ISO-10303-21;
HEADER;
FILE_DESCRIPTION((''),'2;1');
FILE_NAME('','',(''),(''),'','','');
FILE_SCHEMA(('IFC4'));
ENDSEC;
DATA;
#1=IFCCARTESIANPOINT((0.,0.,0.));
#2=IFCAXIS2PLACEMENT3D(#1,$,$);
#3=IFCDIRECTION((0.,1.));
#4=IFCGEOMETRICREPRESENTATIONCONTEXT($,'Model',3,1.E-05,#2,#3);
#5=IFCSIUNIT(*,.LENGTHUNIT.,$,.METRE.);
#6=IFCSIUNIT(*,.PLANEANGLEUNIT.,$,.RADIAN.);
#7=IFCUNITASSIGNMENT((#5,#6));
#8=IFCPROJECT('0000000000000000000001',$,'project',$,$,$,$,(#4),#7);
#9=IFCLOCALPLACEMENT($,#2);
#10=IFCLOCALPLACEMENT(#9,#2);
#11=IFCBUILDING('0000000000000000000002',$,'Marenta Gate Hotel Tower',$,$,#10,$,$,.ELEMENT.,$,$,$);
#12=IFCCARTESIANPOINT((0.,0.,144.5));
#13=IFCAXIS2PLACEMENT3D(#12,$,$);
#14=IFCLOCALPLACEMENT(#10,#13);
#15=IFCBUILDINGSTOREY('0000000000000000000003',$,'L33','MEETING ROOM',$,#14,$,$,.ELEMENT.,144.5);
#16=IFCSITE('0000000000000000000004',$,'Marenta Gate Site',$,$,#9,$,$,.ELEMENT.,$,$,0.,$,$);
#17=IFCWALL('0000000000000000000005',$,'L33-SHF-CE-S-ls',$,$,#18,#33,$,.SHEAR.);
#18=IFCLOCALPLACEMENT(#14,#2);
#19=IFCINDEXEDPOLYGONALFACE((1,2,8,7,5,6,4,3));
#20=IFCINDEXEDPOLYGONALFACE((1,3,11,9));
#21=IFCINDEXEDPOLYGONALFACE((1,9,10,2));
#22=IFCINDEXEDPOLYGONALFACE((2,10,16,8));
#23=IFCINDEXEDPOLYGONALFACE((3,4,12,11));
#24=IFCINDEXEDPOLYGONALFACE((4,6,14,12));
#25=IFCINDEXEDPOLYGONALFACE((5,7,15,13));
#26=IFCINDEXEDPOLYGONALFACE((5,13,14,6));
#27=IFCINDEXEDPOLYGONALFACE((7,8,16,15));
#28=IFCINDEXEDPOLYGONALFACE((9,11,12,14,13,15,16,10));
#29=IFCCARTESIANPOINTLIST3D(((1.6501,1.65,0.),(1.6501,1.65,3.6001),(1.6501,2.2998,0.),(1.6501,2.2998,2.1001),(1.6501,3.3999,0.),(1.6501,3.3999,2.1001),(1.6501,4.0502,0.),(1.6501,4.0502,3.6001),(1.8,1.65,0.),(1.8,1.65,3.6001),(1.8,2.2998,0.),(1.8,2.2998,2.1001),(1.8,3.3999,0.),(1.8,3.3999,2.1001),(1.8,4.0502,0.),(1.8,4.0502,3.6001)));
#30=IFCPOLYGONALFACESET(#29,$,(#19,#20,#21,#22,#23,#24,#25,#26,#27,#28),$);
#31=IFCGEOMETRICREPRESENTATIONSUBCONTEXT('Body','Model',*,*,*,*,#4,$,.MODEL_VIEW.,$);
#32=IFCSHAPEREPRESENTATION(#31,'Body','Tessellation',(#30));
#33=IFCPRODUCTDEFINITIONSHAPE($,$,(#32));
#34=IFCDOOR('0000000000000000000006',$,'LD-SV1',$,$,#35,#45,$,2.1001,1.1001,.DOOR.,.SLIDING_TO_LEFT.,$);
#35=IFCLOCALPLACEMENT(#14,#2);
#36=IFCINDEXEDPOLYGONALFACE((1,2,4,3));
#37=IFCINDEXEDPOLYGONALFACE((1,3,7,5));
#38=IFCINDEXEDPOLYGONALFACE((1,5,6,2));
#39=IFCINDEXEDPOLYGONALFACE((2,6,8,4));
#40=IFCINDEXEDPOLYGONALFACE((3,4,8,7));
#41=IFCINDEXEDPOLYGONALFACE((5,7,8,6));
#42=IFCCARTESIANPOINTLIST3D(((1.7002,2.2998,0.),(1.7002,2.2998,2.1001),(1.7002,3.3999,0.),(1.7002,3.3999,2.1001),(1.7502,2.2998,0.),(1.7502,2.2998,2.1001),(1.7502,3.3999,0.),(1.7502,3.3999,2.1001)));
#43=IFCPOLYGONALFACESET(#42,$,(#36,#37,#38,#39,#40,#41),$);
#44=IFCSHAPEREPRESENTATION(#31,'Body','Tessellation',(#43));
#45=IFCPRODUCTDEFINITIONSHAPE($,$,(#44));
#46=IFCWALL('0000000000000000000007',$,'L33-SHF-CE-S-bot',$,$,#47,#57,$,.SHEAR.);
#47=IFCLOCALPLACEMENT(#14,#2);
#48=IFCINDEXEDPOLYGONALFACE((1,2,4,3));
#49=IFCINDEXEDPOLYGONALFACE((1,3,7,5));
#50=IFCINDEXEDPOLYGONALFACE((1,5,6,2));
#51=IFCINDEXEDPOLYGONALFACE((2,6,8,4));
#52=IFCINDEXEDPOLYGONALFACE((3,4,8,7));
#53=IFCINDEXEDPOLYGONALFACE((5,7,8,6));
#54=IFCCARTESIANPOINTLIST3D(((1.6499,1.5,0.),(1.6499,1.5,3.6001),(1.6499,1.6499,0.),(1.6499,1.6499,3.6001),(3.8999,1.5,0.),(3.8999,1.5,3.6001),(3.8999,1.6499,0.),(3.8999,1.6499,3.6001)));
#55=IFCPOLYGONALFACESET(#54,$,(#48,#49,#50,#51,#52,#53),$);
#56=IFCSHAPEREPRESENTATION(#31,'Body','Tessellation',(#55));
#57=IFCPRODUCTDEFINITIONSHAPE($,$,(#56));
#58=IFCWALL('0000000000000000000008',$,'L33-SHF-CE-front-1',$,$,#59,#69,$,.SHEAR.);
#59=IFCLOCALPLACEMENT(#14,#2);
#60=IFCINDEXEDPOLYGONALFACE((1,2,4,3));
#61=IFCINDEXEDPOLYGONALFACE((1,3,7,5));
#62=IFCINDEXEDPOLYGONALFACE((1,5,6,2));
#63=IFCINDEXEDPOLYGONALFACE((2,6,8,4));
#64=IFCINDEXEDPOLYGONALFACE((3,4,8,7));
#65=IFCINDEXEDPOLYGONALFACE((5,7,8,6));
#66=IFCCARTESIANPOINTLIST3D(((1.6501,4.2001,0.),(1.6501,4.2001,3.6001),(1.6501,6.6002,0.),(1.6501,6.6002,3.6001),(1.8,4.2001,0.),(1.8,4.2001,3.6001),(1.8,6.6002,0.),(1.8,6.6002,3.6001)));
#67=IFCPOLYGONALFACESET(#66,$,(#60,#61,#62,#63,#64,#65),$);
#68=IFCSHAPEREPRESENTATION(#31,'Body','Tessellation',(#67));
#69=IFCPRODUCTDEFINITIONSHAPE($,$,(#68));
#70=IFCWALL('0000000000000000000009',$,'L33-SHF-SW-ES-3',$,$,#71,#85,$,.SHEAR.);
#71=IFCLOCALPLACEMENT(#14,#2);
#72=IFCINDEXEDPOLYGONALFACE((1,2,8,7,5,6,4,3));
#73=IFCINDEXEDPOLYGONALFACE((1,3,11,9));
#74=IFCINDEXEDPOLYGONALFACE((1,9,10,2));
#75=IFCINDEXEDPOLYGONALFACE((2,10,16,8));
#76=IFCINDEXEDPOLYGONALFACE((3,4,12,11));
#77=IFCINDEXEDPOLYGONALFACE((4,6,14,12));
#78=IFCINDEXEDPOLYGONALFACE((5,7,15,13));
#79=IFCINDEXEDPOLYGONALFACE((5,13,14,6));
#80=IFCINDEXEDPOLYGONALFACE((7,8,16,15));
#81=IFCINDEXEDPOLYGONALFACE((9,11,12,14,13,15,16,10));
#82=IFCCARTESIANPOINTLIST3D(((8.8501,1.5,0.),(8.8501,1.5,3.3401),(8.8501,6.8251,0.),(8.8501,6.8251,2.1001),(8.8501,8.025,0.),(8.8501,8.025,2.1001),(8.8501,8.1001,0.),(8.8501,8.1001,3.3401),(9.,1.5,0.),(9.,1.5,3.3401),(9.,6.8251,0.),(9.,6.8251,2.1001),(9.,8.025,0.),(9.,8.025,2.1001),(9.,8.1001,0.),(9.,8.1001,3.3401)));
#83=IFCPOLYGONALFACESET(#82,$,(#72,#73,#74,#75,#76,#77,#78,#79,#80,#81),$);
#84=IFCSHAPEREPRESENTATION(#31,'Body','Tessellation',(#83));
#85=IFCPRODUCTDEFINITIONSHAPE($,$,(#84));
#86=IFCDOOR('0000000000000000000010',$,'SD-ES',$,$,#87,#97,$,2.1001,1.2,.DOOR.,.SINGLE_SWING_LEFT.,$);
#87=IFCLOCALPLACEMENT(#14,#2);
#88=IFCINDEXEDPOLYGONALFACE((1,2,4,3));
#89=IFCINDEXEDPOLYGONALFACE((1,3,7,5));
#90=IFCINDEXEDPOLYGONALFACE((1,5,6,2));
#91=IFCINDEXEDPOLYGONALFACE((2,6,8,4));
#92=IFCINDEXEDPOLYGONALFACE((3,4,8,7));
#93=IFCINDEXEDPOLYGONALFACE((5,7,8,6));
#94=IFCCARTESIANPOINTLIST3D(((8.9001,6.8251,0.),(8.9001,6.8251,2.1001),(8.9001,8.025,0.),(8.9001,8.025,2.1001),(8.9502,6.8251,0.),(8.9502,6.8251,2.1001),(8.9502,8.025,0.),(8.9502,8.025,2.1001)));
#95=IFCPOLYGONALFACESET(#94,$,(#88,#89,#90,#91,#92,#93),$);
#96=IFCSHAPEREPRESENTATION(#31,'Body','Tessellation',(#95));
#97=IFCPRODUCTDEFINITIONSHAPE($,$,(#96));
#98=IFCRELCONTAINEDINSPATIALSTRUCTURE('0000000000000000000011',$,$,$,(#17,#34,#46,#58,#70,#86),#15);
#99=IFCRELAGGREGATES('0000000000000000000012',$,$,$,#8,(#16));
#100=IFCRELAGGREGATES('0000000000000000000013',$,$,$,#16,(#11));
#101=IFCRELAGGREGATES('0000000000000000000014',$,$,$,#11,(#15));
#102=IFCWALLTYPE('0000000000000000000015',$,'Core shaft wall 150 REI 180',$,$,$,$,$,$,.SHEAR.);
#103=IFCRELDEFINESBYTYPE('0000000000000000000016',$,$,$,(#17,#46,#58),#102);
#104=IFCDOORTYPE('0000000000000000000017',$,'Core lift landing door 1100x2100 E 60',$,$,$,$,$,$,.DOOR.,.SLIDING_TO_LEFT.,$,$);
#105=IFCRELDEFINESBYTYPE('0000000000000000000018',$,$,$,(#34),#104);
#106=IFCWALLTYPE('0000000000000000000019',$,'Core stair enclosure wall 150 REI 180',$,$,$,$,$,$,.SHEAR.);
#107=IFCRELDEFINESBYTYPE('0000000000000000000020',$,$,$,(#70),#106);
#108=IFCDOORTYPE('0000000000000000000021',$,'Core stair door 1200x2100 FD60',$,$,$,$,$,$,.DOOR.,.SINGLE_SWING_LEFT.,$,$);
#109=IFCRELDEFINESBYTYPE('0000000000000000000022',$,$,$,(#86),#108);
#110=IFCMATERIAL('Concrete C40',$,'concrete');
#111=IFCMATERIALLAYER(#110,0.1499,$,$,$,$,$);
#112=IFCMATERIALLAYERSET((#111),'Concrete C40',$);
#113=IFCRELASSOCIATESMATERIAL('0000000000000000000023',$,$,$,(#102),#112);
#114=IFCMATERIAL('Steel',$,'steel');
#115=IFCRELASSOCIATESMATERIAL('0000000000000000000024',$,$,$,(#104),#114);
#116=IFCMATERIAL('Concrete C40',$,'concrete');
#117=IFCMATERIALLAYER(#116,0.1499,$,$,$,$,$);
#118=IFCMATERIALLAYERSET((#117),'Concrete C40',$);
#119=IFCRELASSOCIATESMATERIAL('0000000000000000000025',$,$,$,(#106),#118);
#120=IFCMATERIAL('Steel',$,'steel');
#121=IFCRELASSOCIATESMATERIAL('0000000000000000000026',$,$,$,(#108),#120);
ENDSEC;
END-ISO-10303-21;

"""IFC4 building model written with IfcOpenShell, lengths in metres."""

from ifc_helpers import new_model, si_unit, direction, frame, frame_2d, origin, place, context, subcontext, project, spatial, rectangle, extrude, material, layer, layer_set, type_object, element, fill, save


model = new_model("IFC4")

# Units and contexts
model_context = context("Model", 3, precision=1e-05, world=origin(), true_north=direction((0.0, 1.0)))
body_context = subcontext(model_context, "Body", "Model", "MODEL_VIEW")
ifc_project = project(units=[si_unit("LENGTHUNIT", "METRE"), si_unit("PLANEANGLEUNIT", "RADIAN")], contexts=[model_context])

# Site, building, storey
site_placement = place(None, origin())
site = spatial("IfcSite", under=ifc_project, at=site_placement, Name="Marenta Gate Site", CompositionType="ELEMENT", RefElevation=0.0)
building_placement = place(site_placement, origin())
building = spatial("IfcBuilding", under=site, at=building_placement, Name="Marenta Gate Hotel Tower", CompositionType="ELEMENT")
storey_placement = place(building_placement, frame((0.0, 0.0, 144.5)))
storey = spatial("IfcBuildingStorey", under=building, at=storey_placement, Name="L33", Description="MEETING ROOM", CompositionType="ELEMENT", Elevation=144.5)

# Shared definitions
ifc_material_1 = material(Name="Concrete C40", Category="concrete")
ifc_layer_1 = layer(ifc_material_1, 0.1499)
ifc_layer_set_1 = layer_set([ifc_layer_1], Name="Concrete C40")
wall_type_1 = type_object("IfcWallType", Name="Core shaft wall 150 REI 180", PredefinedType="SHEAR", material=ifc_layer_set_1)

# Wall, opening, door
wall_1_placement = place(storey_placement, frame((1.7251, 1.6499, 0.0), z_axis=(0.0, 0.0, 1.0), x_axis=(0.0, 1.0, 0.0)))
wall_1 = element("IfcWall", 1, at=wall_1_placement, inside=storey, type_object=wall_type_1, Name="L33-SHF-CE-S-ls", PredefinedType="SHEAR", context=body_context, shape_type="SweptSolid", body=[
    extrude(rectangle(XDim=2.4001, YDim=0.1499, at=frame_2d((1.2002, 0.0))), origin(), (0.0, 0.0, 1.0), 3.6001),
])
opening_1_placement = place(wall_1_placement, frame((0.6499, 0.0, 0.0)))
opening_1 = element("IfcOpeningElement", 2, at=opening_1_placement, cuts=wall_1, PredefinedType="OPENING", context=body_context, shape_type="SweptSolid", body=[
    extrude(rectangle(XDim=1.1001, YDim=2.1001, at=frame_2d((0.55, 1.05))), frame((0.0, 0.075, 0.0), z_axis=(0.0, -1.0, 0.0), x_axis=(1.0, 0.0, 0.0)), (0.0, 0.0, 1.0), 0.1499),
])
ifc_material_2 = material(Name="Steel", Category="steel")
door_type_1 = type_object("IfcDoorType", Name="Core lift landing door 1100x2100 E 60", OperationType="SLIDING_TO_LEFT", PredefinedType="DOOR", material=ifc_material_2)
door_1_placement = place(opening_1_placement, origin())
door_1 = element("IfcDoor", 3, at=door_1_placement, inside=storey, type_object=door_type_1, Name="LD-SV1", OperationType="SLIDING_TO_LEFT", OverallHeight=2.1001, OverallWidth=1.1001, PredefinedType="DOOR", context=body_context, shape_type="SweptSolid", body=[
    extrude(rectangle(XDim=1.1001, YDim=2.1001, at=frame_2d((0.55, 1.05))), frame((0.0, 0.0249, 0.0), z_axis=(0.0, -1.0, 0.0), x_axis=(1.0, 0.0, 0.0)), (0.0, 0.0, 1.0), 0.05),
])
fill(opening_1, door_1)

# Walls
wall_2_placement = place(storey_placement, frame((1.6499, 1.575, 0.0), z_axis=(0.0, 0.0, 1.0), x_axis=(1.0, 0.0, 0.0)))
element("IfcWall", 4, at=wall_2_placement, inside=storey, type_object=wall_type_1, Name="L33-SHF-CE-S-bot", PredefinedType="SHEAR", context=body_context, shape_type="SweptSolid", body=[
    extrude(rectangle(XDim=2.25, YDim=0.1499, at=frame_2d((1.125, 0.0))), origin(), (0.0, 0.0, 1.0), 3.6001),
])
wall_3_placement = place(storey_placement, frame((1.7251, 4.2, 0.0), z_axis=(0.0, 0.0, 1.0), x_axis=(0.0, 1.0, 0.0)))
element("IfcWall", 5, at=wall_3_placement, inside=storey, type_object=wall_type_1, Name="L33-SHF-CE-front-1", PredefinedType="SHEAR", context=body_context, shape_type="SweptSolid", body=[
    extrude(rectangle(XDim=2.4001, YDim=0.1499, at=frame_2d((1.2002, 0.0))), origin(), (0.0, 0.0, 1.0), 3.6001),
])

# Wall, opening, door
ifc_material_3 = material(Name="Concrete C40", Category="concrete")
ifc_layer_2 = layer(ifc_material_3, 0.1499)
ifc_layer_set_2 = layer_set([ifc_layer_2], Name="Concrete C40")
wall_type_2 = type_object("IfcWallType", Name="Core stair enclosure wall 150 REI 180", PredefinedType="SHEAR", material=ifc_layer_set_2)
wall_4_placement = place(storey_placement, frame((8.925, 1.5, 0.0), z_axis=(0.0, 0.0, 1.0), x_axis=(0.0, 1.0, 0.0)))
wall_4 = element("IfcWall", 6, at=wall_4_placement, inside=storey, type_object=wall_type_2, Name="L33-SHF-SW-ES-3", PredefinedType="SHEAR", context=body_context, shape_type="SweptSolid", body=[
    extrude(rectangle(XDim=6.6001, YDim=0.1499, at=frame_2d((3.3, 0.0))), origin(), (0.0, 0.0, 1.0), 3.3401),
])
opening_2_placement = place(wall_4_placement, frame((5.325, 0.0, 0.0)))
opening_2 = element("IfcOpeningElement", 7, at=opening_2_placement, cuts=wall_4, PredefinedType="OPENING", context=body_context, shape_type="SweptSolid", body=[
    extrude(rectangle(XDim=1.2, YDim=2.1001, at=frame_2d((0.6001, 1.05))), frame((0.0, 0.075, 0.0), z_axis=(0.0, -1.0, 0.0), x_axis=(1.0, 0.0, 0.0)), (0.0, 0.0, 1.0), 0.1499),
])
ifc_material_4 = material(Name="Steel", Category="steel")
door_type_2 = type_object("IfcDoorType", Name="Core stair door 1200x2100 FD60", OperationType="SINGLE_SWING_LEFT", PredefinedType="DOOR", material=ifc_material_4)
door_2_placement = place(opening_2_placement, origin())
door_2 = element("IfcDoor", 8, at=door_2_placement, inside=storey, type_object=door_type_2, Name="SD-ES", OperationType="SINGLE_SWING_LEFT", OverallHeight=2.1001, OverallWidth=1.2, PredefinedType="DOOR", context=body_context, shape_type="SweptSolid", body=[
    extrude(rectangle(XDim=1.2, YDim=2.1001, at=frame_2d((0.6001, 1.05))), frame((0.0, 0.0249, 0.0), z_axis=(0.0, -1.0, 0.0), x_axis=(1.0, 0.0, 0.0)), (0.0, 0.0, 1.0), 0.05),
])
fill(opening_2, door_2)

save(model, "model.ifc")
